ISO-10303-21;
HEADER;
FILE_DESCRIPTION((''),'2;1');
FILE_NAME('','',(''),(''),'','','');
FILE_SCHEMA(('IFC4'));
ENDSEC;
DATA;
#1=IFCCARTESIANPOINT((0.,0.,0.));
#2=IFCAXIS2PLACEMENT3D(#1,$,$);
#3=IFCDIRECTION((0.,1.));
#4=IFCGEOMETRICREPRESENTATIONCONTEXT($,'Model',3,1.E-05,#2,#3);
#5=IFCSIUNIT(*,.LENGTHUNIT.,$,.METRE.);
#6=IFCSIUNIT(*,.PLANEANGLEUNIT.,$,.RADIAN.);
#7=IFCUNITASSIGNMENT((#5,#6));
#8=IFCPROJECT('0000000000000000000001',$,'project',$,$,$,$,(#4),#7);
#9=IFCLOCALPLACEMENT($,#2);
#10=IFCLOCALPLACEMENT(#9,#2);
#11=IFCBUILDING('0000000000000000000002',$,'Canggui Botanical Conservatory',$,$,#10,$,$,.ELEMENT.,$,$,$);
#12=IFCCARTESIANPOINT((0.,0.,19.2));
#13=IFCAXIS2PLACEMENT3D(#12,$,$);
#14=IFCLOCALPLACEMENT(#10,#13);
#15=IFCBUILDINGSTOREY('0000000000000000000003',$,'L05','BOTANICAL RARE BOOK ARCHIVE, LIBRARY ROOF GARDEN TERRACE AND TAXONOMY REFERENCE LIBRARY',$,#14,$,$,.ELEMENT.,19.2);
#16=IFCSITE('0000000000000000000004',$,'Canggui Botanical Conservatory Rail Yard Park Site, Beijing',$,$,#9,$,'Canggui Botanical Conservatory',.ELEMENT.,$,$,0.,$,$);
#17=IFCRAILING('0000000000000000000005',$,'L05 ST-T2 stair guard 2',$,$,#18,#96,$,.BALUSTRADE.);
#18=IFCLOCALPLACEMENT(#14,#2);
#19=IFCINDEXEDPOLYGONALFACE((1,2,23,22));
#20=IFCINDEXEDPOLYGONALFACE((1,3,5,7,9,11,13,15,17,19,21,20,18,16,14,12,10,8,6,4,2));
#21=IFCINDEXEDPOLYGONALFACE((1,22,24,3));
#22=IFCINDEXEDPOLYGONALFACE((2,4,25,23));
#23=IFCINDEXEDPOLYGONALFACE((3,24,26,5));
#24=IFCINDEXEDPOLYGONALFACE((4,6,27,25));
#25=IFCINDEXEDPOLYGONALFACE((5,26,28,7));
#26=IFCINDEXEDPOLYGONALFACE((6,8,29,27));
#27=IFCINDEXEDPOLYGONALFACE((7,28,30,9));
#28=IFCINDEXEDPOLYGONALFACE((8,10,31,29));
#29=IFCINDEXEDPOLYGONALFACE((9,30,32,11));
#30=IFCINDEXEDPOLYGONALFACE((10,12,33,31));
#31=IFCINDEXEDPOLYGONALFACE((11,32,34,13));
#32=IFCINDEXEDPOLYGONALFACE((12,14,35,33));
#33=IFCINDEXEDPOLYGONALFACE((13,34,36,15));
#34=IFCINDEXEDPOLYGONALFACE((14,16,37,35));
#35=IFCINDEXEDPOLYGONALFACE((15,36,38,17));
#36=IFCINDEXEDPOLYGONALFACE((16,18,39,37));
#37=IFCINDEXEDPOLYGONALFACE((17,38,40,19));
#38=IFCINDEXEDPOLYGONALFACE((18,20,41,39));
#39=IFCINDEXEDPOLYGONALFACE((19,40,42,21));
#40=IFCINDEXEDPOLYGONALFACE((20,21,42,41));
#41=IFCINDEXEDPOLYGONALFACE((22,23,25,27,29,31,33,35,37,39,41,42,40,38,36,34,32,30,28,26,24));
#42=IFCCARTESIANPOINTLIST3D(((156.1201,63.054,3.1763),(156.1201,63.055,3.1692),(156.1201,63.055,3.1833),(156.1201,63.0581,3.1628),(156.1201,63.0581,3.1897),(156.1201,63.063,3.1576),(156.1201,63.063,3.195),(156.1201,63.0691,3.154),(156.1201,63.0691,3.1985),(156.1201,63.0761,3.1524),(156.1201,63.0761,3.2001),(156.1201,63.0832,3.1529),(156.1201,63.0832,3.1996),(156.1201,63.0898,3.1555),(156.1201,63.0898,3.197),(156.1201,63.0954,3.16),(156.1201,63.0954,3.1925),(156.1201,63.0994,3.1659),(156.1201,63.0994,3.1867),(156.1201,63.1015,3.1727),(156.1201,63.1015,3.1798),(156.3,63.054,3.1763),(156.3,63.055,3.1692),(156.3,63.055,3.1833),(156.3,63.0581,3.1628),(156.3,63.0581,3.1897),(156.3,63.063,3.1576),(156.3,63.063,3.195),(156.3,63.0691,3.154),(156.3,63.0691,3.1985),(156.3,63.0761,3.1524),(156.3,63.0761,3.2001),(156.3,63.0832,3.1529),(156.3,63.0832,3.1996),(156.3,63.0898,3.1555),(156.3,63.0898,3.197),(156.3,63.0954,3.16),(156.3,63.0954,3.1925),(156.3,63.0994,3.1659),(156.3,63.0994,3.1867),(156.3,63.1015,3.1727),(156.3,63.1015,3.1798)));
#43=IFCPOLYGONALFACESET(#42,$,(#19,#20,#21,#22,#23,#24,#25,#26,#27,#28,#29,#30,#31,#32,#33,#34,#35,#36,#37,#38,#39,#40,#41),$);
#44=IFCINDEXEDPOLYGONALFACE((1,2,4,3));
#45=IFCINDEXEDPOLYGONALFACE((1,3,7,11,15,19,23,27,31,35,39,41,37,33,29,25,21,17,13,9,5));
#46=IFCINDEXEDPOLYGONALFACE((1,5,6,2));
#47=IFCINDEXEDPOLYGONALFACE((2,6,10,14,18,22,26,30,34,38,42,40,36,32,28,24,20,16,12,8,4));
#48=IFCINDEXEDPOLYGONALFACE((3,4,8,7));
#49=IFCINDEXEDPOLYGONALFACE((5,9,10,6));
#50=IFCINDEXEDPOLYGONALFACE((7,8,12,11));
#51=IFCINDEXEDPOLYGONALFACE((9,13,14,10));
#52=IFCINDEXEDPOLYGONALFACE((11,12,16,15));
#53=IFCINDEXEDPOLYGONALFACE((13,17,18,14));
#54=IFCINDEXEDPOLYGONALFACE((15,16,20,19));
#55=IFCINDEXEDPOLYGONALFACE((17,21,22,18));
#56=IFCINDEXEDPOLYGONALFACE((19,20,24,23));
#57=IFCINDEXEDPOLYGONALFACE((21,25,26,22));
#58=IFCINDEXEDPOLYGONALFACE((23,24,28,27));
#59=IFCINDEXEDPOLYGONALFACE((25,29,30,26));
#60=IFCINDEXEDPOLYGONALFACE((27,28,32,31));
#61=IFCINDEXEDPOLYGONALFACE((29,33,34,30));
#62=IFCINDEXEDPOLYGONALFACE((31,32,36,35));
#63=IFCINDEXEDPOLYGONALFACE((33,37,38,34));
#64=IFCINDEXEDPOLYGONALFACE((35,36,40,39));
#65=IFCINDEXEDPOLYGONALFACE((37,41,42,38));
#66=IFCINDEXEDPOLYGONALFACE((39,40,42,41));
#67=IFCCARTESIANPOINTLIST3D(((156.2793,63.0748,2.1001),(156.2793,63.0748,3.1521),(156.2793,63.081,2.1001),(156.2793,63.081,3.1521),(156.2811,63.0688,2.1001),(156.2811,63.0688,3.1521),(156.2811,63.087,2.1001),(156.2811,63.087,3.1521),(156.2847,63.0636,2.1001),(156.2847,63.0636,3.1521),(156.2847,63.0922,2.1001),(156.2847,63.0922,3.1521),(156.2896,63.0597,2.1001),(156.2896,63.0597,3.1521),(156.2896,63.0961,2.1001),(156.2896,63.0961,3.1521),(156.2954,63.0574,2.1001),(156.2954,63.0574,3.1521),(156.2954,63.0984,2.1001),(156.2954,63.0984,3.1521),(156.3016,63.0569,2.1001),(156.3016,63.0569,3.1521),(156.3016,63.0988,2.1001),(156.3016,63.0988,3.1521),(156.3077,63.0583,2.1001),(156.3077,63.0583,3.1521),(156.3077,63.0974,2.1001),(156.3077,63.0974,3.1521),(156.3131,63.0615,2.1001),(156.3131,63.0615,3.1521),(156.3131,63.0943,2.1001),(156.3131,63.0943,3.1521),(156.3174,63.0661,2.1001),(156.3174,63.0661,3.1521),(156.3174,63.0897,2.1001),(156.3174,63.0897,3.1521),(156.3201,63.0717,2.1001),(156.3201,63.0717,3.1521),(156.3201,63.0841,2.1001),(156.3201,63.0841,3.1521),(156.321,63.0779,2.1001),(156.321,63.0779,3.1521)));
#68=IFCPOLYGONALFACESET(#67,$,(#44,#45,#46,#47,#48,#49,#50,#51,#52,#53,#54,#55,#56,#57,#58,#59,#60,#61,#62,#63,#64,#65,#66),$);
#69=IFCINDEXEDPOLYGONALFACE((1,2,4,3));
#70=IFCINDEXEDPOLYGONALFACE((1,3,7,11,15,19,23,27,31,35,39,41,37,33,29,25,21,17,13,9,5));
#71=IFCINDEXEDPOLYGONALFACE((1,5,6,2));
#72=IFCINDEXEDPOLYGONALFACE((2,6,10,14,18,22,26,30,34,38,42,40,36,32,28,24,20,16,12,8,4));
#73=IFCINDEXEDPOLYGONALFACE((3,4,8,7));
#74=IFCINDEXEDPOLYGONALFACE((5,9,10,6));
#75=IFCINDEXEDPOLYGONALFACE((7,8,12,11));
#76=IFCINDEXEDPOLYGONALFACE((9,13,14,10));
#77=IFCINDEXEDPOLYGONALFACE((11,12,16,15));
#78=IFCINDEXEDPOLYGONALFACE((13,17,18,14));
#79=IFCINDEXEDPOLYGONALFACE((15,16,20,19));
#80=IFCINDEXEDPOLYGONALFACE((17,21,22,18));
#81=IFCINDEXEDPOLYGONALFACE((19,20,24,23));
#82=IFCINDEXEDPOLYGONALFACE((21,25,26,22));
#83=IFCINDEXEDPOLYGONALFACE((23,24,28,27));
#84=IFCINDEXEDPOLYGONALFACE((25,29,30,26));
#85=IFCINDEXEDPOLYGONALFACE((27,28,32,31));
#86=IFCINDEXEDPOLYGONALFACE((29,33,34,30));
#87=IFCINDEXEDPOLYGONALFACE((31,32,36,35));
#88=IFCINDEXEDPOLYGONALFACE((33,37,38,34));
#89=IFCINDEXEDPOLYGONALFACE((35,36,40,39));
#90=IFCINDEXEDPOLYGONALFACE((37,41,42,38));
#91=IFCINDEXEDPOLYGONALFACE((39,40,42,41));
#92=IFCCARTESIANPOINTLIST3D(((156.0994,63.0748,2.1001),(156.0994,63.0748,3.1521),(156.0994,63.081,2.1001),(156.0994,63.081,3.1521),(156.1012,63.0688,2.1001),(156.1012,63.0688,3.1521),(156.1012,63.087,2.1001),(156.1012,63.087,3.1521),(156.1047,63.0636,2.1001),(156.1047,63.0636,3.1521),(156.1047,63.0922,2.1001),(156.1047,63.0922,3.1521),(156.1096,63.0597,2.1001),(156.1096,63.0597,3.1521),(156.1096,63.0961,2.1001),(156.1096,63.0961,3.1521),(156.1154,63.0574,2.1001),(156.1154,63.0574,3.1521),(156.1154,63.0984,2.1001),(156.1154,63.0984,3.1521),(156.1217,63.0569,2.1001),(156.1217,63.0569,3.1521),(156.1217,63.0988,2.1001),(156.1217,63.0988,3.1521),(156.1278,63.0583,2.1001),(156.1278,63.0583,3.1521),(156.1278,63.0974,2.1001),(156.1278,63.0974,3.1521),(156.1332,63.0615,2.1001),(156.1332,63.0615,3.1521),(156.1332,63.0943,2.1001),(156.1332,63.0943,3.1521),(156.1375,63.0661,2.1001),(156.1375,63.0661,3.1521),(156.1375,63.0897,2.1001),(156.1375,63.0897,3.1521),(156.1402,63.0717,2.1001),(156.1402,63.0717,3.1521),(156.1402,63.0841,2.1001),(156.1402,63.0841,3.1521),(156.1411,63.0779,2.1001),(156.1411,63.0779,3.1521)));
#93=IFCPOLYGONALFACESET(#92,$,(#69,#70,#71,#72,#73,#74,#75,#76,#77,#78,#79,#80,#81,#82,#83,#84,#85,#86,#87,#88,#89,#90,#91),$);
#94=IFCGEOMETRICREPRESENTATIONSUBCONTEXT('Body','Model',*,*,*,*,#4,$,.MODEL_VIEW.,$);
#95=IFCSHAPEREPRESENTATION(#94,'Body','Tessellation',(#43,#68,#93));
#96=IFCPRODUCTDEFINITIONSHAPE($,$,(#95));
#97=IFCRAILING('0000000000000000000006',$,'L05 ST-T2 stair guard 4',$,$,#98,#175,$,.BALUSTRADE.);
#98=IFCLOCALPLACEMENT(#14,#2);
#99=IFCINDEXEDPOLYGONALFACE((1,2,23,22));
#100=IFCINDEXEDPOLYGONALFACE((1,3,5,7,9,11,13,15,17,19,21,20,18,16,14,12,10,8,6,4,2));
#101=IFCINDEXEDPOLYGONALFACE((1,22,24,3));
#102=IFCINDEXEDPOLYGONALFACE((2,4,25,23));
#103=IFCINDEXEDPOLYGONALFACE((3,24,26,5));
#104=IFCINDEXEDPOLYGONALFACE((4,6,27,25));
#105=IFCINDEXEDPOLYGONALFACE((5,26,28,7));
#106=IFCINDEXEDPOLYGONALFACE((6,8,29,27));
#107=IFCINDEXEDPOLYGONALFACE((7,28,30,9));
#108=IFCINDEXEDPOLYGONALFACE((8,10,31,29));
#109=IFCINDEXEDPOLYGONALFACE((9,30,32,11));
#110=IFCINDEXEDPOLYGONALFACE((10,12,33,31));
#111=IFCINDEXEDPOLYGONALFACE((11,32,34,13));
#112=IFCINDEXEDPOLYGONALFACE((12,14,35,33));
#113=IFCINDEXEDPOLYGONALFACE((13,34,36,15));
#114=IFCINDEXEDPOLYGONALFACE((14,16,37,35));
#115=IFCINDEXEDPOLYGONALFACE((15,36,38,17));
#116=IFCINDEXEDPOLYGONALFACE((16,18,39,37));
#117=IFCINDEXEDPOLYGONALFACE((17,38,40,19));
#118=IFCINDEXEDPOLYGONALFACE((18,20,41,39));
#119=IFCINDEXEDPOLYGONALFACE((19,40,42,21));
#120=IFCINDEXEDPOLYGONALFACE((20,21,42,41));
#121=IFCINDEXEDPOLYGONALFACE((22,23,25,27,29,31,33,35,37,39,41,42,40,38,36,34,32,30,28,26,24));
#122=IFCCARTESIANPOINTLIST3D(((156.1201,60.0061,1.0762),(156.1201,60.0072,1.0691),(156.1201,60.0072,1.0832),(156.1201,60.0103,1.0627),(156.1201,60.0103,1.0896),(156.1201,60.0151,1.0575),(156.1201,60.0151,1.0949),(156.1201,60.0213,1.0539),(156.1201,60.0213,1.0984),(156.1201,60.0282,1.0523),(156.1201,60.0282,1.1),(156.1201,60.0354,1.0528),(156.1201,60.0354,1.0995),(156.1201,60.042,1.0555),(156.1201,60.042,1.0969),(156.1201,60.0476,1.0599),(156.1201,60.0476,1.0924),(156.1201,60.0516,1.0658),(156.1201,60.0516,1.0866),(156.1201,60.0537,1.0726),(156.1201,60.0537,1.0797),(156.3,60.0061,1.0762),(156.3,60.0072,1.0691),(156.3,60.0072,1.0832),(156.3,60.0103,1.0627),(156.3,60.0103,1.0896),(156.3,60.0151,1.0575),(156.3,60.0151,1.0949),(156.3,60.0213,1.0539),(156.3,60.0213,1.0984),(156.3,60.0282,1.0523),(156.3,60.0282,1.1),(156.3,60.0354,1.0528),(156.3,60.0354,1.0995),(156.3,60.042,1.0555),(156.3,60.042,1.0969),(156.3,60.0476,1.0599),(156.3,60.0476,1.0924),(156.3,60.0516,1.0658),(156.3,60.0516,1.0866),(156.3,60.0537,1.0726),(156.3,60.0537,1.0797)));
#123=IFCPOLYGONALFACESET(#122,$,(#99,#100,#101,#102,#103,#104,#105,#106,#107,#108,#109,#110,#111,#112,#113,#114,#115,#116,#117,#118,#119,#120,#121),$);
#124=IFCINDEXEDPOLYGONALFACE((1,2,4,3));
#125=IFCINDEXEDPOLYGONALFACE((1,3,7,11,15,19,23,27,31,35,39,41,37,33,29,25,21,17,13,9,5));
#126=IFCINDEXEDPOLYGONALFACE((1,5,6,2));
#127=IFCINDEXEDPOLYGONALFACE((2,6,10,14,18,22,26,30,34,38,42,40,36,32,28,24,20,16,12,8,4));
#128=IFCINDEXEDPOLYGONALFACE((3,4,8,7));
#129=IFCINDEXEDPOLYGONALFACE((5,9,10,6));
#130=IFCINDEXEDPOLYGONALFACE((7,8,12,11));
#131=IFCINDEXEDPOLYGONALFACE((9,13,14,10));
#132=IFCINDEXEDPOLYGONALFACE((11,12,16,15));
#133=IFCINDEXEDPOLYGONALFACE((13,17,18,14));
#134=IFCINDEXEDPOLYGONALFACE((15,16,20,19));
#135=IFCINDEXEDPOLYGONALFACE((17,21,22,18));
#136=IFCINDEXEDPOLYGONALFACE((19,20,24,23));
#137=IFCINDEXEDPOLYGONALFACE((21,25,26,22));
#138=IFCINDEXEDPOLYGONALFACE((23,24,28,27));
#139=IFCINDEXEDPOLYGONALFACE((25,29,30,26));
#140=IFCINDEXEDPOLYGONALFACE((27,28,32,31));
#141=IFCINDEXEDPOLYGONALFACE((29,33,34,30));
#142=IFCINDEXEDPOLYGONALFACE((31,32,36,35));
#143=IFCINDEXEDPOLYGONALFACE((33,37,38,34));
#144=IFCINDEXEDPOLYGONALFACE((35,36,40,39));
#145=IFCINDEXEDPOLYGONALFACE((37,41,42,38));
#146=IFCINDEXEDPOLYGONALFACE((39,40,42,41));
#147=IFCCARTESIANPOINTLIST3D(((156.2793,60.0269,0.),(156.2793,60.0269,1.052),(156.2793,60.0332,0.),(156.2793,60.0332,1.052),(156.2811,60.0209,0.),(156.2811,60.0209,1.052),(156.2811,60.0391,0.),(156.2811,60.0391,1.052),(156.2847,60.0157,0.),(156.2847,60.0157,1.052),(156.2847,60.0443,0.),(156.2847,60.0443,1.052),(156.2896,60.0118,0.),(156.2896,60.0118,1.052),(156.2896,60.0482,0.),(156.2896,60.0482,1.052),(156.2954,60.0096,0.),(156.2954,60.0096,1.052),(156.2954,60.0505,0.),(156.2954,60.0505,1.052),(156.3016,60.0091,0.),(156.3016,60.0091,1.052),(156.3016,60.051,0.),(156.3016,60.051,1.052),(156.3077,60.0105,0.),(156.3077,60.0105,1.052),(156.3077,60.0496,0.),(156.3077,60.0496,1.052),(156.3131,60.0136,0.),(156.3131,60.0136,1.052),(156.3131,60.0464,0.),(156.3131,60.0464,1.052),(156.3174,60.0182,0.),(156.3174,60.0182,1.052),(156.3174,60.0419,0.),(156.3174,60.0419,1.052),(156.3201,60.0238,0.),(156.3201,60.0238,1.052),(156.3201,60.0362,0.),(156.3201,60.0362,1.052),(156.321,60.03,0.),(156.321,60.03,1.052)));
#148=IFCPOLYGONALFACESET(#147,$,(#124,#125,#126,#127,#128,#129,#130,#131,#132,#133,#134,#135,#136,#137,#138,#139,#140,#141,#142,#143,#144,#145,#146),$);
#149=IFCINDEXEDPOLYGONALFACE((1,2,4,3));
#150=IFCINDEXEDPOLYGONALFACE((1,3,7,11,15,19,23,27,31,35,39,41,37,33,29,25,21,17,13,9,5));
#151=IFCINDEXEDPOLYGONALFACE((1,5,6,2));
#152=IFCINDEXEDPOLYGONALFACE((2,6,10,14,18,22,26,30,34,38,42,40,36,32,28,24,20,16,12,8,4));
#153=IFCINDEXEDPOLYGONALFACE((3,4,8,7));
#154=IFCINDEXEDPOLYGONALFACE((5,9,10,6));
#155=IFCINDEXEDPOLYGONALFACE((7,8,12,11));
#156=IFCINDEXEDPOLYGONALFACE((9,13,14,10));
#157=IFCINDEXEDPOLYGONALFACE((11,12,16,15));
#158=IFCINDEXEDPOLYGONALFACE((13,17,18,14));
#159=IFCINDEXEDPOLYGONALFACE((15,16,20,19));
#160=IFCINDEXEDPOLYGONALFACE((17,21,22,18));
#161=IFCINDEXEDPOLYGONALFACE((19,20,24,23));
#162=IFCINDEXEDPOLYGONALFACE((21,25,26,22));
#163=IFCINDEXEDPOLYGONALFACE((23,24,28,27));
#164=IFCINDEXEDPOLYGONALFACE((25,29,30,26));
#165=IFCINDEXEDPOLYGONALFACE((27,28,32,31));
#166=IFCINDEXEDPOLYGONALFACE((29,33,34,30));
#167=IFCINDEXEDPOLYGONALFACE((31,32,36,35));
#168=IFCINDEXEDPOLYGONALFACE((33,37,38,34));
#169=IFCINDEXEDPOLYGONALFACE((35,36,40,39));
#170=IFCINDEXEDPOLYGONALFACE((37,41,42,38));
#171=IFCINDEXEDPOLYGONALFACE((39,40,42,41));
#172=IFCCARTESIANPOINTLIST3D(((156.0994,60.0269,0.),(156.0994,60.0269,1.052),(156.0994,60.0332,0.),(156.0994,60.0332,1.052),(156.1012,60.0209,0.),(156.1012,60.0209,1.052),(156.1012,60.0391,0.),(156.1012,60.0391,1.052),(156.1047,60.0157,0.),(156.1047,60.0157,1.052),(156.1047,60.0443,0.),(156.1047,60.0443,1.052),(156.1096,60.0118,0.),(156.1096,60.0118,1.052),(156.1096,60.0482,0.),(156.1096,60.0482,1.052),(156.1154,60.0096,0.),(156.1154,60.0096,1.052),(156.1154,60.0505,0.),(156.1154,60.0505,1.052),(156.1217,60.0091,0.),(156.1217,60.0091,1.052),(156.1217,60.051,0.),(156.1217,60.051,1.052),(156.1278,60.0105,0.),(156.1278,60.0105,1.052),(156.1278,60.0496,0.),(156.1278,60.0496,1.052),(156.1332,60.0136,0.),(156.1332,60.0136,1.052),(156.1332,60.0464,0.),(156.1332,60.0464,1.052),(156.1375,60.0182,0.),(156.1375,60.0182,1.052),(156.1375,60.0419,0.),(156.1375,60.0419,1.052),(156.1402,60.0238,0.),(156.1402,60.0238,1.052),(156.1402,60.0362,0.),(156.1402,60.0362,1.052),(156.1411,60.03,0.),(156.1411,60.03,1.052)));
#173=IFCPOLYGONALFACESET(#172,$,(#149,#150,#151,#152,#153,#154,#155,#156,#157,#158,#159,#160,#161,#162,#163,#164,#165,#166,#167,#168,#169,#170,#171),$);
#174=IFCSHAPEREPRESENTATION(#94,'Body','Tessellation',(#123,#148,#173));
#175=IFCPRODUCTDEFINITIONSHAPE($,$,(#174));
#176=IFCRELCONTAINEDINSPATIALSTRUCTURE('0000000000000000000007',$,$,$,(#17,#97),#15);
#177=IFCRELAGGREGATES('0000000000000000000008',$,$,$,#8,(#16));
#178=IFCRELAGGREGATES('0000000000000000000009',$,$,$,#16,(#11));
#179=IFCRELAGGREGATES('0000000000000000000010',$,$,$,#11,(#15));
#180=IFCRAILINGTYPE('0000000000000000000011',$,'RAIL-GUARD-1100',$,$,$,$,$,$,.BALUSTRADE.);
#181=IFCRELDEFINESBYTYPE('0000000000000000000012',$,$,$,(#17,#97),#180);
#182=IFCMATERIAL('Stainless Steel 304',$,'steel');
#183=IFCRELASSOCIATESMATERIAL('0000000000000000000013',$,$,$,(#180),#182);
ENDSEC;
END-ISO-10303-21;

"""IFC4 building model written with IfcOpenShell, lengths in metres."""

from ifc_helpers import new_model, si_unit, direction, frame, origin, origin_2d, place, context, subcontext, project, spatial, circle, extrude, material, type_object, element, save


model = new_model("IFC4")

# Units and contexts
model_context = context("Model", 3, precision=1e-05, world=origin(), true_north=direction((0.0, 1.0)))
body_context = subcontext(model_context, "Body", "Model", "MODEL_VIEW")
ifc_project = project(units=[si_unit("LENGTHUNIT", "METRE"), si_unit("PLANEANGLEUNIT", "RADIAN")], contexts=[model_context])

# Site, building, storey
site_placement = place(None, origin())
site = spatial("IfcSite", under=ifc_project, at=site_placement, Name="Canggui Botanical Conservatory Rail Yard Park Site, Beijing", LongName="Canggui Botanical Conservatory", CompositionType="ELEMENT", RefElevation=0.0)
building_placement = place(site_placement, origin())
building = spatial("IfcBuilding", under=site, at=building_placement, Name="Canggui Botanical Conservatory", CompositionType="ELEMENT")
storey_placement = place(building_placement, frame((0.0, 0.0, 19.2)))
storey = spatial("IfcBuildingStorey", under=building, at=storey_placement, Name="L05", Description="BOTANICAL RARE BOOK ARCHIVE, LIBRARY ROOF GARDEN TERRACE AND TAXONOMY REFERENCE LIBRARY", CompositionType="ELEMENT", Elevation=19.2)

# Shared definitions
ifc_material_1 = material(Name="Stainless Steel 304", Category="steel")

# Railings
railing_type_1 = type_object("IfcRailingType", Name="RAIL-GUARD-1100", PredefinedType="BALUSTRADE", material=ifc_material_1)
for number, where, name in (
    (1, (156.3, 63.0779, 2.1001), "L05 ST-T2 stair guard 2"),
    (2, (156.3, 60.03, 0.0), "L05 ST-T2 stair guard 4"),
):
    element("IfcRailing", number, at=place(storey_placement, frame(where)), inside=storey, type_object=railing_type_1, Name=name, PredefinedType="BALUSTRADE", context=body_context, shape_type="SweptSolid", body=[
        extrude(circle(Radius=0.0239, at=origin_2d()), frame((0.0, 0.0, 1.0762), z_axis=(-1.0, 0.0, 0.0), x_axis=(0.0, -1.0, 0.0)), (0.0, 0.0, 1.0), 0.1799),
        extrude(circle(Radius=0.021, at=origin_2d()), origin(), (0.0, 0.0, 1.0), 1.052),
        extrude(circle(Radius=0.021, at=origin_2d()), frame((-0.1799, 0.0, 0.0)), (0.0, 0.0, 1.0), 1.052),
    ])

save(model, "model.ifc")
